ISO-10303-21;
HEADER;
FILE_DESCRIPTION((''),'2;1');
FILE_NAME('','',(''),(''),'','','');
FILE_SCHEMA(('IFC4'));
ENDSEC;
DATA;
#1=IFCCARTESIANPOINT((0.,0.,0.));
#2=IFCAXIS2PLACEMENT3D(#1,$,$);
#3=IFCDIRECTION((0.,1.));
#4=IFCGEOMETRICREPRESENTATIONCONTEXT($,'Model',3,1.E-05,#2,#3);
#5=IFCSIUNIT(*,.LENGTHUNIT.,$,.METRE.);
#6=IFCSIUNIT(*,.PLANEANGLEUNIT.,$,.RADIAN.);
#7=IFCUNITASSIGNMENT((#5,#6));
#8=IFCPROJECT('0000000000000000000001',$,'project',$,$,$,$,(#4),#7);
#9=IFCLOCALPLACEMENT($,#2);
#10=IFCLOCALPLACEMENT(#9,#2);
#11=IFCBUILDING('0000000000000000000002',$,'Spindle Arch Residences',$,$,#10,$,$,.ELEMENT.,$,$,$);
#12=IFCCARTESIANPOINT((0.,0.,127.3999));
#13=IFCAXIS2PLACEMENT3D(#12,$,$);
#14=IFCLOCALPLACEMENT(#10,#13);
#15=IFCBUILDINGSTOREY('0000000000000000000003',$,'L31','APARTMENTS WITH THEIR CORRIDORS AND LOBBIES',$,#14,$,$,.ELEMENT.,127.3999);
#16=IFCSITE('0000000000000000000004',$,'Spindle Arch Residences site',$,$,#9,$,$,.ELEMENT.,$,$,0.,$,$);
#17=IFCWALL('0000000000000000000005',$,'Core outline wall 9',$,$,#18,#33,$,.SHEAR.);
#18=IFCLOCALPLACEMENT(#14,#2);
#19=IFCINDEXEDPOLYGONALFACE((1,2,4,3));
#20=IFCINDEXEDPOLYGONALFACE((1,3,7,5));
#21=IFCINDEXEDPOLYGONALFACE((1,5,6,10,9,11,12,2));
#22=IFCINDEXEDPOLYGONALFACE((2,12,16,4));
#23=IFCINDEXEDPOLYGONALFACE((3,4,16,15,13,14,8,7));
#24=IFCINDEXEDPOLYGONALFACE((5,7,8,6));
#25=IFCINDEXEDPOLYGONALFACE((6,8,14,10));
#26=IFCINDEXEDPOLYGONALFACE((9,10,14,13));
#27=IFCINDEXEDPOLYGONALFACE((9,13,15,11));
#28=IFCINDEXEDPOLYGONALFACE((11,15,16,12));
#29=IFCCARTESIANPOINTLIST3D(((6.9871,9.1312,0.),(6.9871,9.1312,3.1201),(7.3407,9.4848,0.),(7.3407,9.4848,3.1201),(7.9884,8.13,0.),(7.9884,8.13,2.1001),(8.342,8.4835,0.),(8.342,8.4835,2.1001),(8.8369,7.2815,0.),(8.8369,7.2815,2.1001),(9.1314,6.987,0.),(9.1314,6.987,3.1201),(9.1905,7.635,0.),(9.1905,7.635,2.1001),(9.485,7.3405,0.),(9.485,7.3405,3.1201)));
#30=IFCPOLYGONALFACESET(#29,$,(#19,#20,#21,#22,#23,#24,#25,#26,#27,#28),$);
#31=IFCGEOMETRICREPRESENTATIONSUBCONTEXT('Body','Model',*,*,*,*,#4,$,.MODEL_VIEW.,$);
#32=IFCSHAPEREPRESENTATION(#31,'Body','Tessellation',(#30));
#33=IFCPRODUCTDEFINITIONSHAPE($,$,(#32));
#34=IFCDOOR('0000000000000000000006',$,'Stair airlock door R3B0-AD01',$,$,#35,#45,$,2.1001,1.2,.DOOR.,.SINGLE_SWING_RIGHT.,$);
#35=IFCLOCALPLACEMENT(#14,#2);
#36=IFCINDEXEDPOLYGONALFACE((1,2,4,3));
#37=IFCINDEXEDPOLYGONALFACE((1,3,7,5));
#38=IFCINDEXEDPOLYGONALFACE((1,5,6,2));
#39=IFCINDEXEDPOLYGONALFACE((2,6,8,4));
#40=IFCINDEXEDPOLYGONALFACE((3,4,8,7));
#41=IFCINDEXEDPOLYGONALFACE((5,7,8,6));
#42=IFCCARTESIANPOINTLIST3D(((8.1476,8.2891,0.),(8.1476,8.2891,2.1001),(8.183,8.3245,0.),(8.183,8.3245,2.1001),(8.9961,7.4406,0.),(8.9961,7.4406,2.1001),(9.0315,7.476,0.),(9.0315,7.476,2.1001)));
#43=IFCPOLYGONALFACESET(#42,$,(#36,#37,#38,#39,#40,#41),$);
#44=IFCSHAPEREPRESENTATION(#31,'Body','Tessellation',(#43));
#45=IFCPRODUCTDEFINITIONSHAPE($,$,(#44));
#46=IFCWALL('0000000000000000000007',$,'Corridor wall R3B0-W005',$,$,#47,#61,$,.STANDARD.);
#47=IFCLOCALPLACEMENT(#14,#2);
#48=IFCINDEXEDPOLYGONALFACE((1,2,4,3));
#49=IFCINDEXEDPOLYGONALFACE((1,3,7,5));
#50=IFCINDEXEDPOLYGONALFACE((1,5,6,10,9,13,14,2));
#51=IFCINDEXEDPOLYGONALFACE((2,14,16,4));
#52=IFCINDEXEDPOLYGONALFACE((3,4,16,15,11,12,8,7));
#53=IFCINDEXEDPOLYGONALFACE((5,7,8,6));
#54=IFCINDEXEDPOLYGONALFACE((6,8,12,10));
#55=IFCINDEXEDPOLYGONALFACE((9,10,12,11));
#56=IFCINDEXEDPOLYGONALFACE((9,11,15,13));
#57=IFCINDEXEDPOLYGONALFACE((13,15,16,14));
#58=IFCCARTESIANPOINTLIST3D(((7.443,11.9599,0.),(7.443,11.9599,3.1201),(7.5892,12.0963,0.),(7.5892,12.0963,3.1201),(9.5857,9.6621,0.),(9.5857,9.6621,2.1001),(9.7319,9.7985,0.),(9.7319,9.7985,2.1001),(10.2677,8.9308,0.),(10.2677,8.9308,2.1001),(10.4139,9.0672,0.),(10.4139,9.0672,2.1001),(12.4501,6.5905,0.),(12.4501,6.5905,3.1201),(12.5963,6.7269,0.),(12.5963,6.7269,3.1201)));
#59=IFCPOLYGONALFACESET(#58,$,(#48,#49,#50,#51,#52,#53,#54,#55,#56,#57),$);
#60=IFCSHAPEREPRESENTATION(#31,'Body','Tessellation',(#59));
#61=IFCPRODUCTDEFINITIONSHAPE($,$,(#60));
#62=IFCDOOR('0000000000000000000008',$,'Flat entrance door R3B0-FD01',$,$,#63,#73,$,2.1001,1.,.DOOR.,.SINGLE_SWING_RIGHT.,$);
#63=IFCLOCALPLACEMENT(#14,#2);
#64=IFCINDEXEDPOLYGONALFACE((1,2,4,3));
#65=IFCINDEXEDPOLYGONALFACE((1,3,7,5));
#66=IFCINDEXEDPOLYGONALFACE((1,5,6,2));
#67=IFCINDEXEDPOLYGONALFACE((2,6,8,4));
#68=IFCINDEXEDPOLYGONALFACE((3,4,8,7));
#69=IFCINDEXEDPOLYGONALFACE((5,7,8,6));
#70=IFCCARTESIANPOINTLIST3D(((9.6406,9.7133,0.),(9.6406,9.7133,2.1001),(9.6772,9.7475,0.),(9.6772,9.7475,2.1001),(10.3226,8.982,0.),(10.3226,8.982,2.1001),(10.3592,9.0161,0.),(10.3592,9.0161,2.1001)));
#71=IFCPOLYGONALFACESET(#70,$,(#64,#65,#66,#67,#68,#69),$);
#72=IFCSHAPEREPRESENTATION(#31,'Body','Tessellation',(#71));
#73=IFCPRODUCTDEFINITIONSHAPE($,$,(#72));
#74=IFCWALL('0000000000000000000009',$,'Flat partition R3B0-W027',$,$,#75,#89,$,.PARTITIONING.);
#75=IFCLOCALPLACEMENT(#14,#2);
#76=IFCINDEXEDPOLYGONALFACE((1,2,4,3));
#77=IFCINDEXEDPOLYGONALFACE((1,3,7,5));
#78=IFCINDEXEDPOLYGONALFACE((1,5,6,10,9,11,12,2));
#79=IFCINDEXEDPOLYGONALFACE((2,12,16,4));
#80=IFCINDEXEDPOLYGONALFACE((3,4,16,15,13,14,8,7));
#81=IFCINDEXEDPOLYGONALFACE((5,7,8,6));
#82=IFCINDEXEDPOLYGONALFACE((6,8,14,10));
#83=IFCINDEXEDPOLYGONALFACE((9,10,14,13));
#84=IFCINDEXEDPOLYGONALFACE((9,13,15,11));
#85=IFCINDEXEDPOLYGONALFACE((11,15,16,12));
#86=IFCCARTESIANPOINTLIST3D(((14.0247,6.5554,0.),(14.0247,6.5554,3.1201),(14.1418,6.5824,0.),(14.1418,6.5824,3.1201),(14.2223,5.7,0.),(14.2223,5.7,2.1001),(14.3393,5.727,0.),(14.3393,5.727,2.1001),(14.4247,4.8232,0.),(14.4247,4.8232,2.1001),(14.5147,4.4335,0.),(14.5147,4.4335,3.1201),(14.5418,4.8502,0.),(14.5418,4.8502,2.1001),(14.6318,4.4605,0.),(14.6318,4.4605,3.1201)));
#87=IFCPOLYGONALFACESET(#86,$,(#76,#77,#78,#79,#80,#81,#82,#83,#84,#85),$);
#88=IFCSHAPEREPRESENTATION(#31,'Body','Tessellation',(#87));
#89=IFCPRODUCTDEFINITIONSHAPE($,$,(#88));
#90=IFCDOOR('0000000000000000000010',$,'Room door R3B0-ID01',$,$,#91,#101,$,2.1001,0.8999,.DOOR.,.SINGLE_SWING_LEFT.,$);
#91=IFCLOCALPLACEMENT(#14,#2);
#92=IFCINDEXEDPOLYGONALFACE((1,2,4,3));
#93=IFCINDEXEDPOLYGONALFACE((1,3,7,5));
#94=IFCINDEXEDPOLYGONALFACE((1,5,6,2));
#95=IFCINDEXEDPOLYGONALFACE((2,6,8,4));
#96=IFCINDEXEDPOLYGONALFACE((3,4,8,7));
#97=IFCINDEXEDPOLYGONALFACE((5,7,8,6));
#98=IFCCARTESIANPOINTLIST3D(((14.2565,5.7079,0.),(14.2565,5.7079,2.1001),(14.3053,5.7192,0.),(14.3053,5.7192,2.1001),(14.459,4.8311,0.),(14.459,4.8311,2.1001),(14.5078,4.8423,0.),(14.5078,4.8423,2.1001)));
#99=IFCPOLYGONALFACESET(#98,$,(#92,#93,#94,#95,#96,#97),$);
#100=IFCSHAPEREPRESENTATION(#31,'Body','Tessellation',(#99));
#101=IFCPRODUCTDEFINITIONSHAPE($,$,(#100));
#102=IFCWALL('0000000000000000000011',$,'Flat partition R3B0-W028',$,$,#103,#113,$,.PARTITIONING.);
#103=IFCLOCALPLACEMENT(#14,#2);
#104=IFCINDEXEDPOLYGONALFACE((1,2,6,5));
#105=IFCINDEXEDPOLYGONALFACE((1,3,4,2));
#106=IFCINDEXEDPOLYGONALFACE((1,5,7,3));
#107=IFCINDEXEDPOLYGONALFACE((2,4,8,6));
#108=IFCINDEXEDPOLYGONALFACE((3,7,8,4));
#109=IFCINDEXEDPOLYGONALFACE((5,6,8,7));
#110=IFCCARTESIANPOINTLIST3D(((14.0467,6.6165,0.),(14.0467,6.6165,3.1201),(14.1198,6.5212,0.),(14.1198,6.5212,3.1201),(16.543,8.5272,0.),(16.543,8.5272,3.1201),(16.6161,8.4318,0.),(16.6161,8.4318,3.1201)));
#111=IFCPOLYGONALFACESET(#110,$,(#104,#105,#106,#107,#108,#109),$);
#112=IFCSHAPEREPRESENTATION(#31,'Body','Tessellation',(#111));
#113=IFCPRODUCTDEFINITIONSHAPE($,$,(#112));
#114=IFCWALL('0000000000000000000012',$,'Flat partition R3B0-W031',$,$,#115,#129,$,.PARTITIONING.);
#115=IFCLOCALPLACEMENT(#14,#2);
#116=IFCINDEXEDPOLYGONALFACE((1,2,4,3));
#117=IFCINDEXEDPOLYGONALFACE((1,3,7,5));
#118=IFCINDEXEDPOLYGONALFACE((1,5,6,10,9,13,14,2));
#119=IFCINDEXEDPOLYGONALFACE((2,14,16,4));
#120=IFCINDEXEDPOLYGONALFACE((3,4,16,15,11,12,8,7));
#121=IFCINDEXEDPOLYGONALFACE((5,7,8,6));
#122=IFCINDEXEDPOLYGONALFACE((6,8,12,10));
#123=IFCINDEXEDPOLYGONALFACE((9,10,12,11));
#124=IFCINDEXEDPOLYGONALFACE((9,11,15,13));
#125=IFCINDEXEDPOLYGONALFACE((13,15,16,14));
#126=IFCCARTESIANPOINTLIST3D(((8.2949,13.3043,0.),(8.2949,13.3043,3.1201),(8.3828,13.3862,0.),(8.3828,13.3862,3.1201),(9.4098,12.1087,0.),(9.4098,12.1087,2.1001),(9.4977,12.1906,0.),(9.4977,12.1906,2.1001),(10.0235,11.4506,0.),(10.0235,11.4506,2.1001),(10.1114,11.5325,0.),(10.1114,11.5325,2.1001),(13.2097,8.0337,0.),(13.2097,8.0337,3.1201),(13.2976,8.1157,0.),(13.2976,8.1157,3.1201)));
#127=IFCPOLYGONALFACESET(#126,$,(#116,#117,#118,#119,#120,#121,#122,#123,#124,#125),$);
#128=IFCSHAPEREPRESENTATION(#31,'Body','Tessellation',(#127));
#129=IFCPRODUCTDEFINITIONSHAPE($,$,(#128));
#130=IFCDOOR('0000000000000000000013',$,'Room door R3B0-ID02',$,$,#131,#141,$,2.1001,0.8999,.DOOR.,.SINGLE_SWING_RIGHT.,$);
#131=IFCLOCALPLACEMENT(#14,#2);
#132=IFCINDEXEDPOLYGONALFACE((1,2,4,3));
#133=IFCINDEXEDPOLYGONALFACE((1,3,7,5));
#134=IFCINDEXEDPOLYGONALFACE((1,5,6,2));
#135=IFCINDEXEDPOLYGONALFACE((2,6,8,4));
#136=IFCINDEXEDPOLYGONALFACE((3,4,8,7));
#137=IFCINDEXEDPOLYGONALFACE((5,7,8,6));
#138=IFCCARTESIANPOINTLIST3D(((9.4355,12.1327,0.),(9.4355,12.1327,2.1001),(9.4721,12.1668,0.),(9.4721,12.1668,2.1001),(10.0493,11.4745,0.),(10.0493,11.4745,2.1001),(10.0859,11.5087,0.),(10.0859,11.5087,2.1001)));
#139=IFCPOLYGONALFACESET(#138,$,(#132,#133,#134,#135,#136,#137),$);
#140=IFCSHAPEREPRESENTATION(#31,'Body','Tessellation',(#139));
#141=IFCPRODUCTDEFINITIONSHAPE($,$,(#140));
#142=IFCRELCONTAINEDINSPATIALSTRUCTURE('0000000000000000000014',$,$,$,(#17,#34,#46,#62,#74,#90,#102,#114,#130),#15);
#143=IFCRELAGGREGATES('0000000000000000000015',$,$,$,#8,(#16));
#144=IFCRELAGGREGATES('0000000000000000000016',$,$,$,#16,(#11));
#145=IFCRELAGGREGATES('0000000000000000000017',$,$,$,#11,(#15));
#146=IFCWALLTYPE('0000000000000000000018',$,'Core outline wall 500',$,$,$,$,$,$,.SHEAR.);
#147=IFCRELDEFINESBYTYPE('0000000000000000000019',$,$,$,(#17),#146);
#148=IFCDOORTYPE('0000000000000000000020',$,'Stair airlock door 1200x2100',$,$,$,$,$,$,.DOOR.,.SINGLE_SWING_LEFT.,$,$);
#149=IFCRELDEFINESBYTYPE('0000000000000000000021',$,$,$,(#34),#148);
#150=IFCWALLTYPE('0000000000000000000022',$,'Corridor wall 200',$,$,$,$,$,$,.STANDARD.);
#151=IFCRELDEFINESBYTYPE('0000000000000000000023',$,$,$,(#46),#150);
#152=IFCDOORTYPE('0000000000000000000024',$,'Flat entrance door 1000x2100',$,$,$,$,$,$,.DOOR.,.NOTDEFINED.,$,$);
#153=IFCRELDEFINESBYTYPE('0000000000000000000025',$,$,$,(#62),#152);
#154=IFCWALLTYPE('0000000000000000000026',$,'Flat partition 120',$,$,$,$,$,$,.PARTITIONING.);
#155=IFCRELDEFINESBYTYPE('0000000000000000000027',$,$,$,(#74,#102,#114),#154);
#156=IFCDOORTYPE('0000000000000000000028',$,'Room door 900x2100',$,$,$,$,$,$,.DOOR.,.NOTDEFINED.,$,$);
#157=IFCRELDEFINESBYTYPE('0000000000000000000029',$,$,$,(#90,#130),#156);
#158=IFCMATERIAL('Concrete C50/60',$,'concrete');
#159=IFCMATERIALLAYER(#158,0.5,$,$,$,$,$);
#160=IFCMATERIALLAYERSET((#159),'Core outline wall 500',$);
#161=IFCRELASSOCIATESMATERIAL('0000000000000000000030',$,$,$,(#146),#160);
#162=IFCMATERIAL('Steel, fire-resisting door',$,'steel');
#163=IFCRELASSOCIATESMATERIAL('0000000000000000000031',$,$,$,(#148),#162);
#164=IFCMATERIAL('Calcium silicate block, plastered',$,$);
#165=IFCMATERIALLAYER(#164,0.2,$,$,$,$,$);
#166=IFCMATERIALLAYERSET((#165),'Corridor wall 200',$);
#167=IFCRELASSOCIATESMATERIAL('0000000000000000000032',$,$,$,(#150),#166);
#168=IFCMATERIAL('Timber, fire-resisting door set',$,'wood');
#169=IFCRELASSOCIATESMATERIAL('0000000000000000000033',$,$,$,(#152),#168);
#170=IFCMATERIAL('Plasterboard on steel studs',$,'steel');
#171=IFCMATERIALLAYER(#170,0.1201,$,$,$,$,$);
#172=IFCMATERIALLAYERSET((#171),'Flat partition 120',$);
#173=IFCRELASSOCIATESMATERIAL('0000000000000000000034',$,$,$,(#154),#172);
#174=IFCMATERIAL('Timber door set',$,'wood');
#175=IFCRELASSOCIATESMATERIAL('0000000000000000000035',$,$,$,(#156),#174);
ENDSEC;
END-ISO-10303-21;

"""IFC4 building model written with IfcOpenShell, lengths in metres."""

from ifc_helpers import new_model, si_unit, direction, frame, frame_2d, origin, place, context, subcontext, project, spatial, rectangle, extrude, material, layer, layer_set, type_object, element, fill, save


model = new_model("IFC4")

# Units and contexts
model_context = context("Model", 3, precision=1e-05, world=origin(), true_north=direction((0.0, 1.0)))
body_context = subcontext(model_context, "Body", "Model", "MODEL_VIEW")
ifc_project = project(units=[si_unit("LENGTHUNIT", "METRE"), si_unit("PLANEANGLEUNIT", "RADIAN")], contexts=[model_context])

# Site, building, storey
site_placement = place(None, origin())
site = spatial("IfcSite", under=ifc_project, at=site_placement, Name="Spindle Arch Residences site", CompositionType="ELEMENT", RefElevation=0.0)
building_placement = place(site_placement, origin())
building = spatial("IfcBuilding", under=site, at=building_placement, Name="Spindle Arch Residences", CompositionType="ELEMENT")
storey_placement = place(building_placement, frame((0.0, 0.0, 127.3999)))
storey = spatial("IfcBuildingStorey", under=building, at=storey_placement, Name="L31", Description="APARTMENTS WITH THEIR CORRIDORS AND LOBBIES", CompositionType="ELEMENT", Elevation=127.3999)

# Shared definitions
ifc_material_1 = material(Name="Concrete C50/60", Category="concrete")
ifc_layer_1 = layer(ifc_material_1, 0.5)
ifc_layer_set_1 = layer_set([ifc_layer_1], Name="Core outline wall 500")
wall_type_1 = type_object("IfcWallType", Name="Core outline wall 500", PredefinedType="SHEAR", material=ifc_layer_set_1)

# Walls, openings, doors
wall_1_placement = place(storey_placement, frame((9.3081, 7.1638, 0.0), z_axis=(0.0, 0.0, 1.0), x_axis=(-0.707107, 0.707107, 0.0)))
wall_1 = element("IfcWall", 1, at=wall_1_placement, inside=storey, type_object=wall_type_1, Name="Core outline wall 9", PredefinedType="SHEAR", context=body_context, shape_type="SweptSolid", body=[
    extrude(rectangle(XDim=3.0325, YDim=0.5, at=frame_2d((1.5161, 0.0))), origin(), (0.0, 0.0, 1.0), 3.1201),
])
opening_1_placement = place(wall_1_placement, frame((0.4163, 0.0, 0.0)))
opening_1 = element("IfcOpeningElement", 2, at=opening_1_placement, cuts=wall_1, PredefinedType="OPENING", context=body_context, shape_type="SweptSolid", body=[
    extrude(rectangle(XDim=1.2, YDim=2.1001, at=frame_2d((0.6001, 1.05))), frame((0.0, 0.26, 0.0), z_axis=(0.0, -1.0, 0.0), x_axis=(1.0, 0.0, 0.0)), (0.0, 0.0, 1.0), 0.52),
])
ifc_material_2 = material(Name="Steel, fire-resisting door", Category="steel")
door_type_1 = type_object("IfcDoorType", Name="Stair airlock door 1200x2100", OperationType="SINGLE_SWING_LEFT", PredefinedType="DOOR", material=ifc_material_2)
door_1_placement = place(opening_1_placement, origin())
door_1 = element("IfcDoor", 3, at=door_1_placement, inside=storey, type_object=door_type_1, Name="Stair airlock door R3B0-AD01", OperationType="SINGLE_SWING_RIGHT", OverallHeight=2.1001, OverallWidth=1.2, PredefinedType="DOOR", context=body_context, shape_type="SweptSolid", body=[
    extrude(rectangle(XDim=1.2, YDim=2.1001, at=frame_2d((0.6001, 1.05))), frame((0.0, 0.0249, 0.0), z_axis=(0.0, -1.0, 0.0), x_axis=(1.0, 0.0, 0.0)), (0.0, 0.0, 1.0), 0.05),
])
fill(opening_1, door_1)
ifc_material_3 = material(Name="Calcium silicate block, plastered")
ifc_layer_2 = layer(ifc_material_3, 0.2)
ifc_layer_set_2 = layer_set([ifc_layer_2], Name="Corridor wall 200")
wall_type_2 = type_object("IfcWallType", Name="Corridor wall 200", PredefinedType="STANDARD", material=ifc_layer_set_2)
wall_2_placement = place(storey_placement, frame((12.5232, 6.6587, 0.0), z_axis=(0.0, 0.0, 1.0), x_axis=(-0.682002, 0.73135, 0.0)))
wall_2 = element("IfcWall", 4, at=wall_2_placement, inside=storey, type_object=wall_type_2, Name="Corridor wall R3B0-W005", PredefinedType="STANDARD", context=body_context, shape_type="SweptSolid", body=[
    extrude(rectangle(XDim=7.3418, YDim=0.2, at=frame_2d((3.6709, 0.0))), origin(), (0.0, 0.0, 1.0), 3.1201),
])
opening_2_placement = place(wall_2_placement, frame((3.2, 0.0, 0.0)))
opening_2 = element("IfcOpeningElement", 5, at=opening_2_placement, cuts=wall_2, PredefinedType="OPENING", context=body_context, shape_type="SweptSolid", body=[
    extrude(rectangle(XDim=1.0, YDim=2.1001, at=frame_2d((0.5, 1.05))), frame((0.0, 0.1099, 0.0), z_axis=(0.0, -1.0, 0.0), x_axis=(1.0, 0.0, 0.0)), (0.0, 0.0, 1.0), 0.22),
])
ifc_material_4 = material(Name="Timber, fire-resisting door set", Category="wood")
door_type_2 = type_object("IfcDoorType", Name="Flat entrance door 1000x2100", OperationType="NOTDEFINED", PredefinedType="DOOR", material=ifc_material_4)
door_2_placement = place(opening_2_placement, origin())
door_2 = element("IfcDoor", 6, at=door_2_placement, inside=storey, type_object=door_type_2, Name="Flat entrance door R3B0-FD01", OperationType="SINGLE_SWING_RIGHT", OverallHeight=2.1001, OverallWidth=1.0, PredefinedType="DOOR", context=body_context, shape_type="SweptSolid", body=[
    extrude(rectangle(XDim=1.0, YDim=2.1001, at=frame_2d((0.5, 1.05))), frame((0.0, 0.0249, 0.0), z_axis=(0.0, -1.0, 0.0), x_axis=(1.0, 0.0, 0.0)), (0.0, 0.0, 1.0), 0.05),
])
fill(opening_2, door_2)
ifc_material_5 = material(Name="Plasterboard on steel studs", Category="steel")
ifc_layer_3 = layer(ifc_material_5, 0.1201)
ifc_layer_set_3 = layer_set([ifc_layer_3], Name="Flat partition 120")
wall_type_3 = type_object("IfcWallType", Name="Flat partition 120", PredefinedType="PARTITIONING", material=ifc_layer_set_3)
wall_3_placement = place(storey_placement, frame((14.5732, 4.447, 0.0), z_axis=(0.0, 0.0, 1.0), x_axis=(-0.225007, 0.974357, 0.0)))
wall_3 = element("IfcWall", 7, at=wall_3_placement, inside=storey, type_object=wall_type_3, Name="Flat partition R3B0-W027", PredefinedType="PARTITIONING", context=body_context, shape_type="SweptSolid", body=[
    extrude(rectangle(XDim=2.1777, YDim=0.1201, at=frame_2d((1.0889, 0.0))), origin(), (0.0, 0.0, 1.0), 3.1201),
])
opening_3_placement = place(wall_3_placement, frame((0.3999, 0.0, 0.0)))
opening_3 = element("IfcOpeningElement", 8, at=opening_3_placement, cuts=wall_3, PredefinedType="OPENING", context=body_context, shape_type="SweptSolid", body=[
    extrude(rectangle(XDim=0.8999, YDim=2.1001, at=frame_2d((0.45, 1.05))), frame((0.0, 0.0701, 0.0), z_axis=(0.0, -1.0, 0.0), x_axis=(1.0, 0.0, 0.0)), (0.0, 0.0, 1.0), 0.1401),
])
ifc_material_6 = material(Name="Timber door set", Category="wood")
door_type_3 = type_object("IfcDoorType", Name="Room door 900x2100", OperationType="NOTDEFINED", PredefinedType="DOOR", material=ifc_material_6)
door_3_placement = place(opening_3_placement, origin())
door_3 = element("IfcDoor", 9, at=door_3_placement, inside=storey, type_object=door_type_3, Name="Room door R3B0-ID01", OperationType="SINGLE_SWING_LEFT", OverallHeight=2.1001, OverallWidth=0.8999, PredefinedType="DOOR", context=body_context, shape_type="SweptSolid", body=[
    extrude(rectangle(XDim=0.8999, YDim=2.1001, at=frame_2d((0.45, 1.05))), frame((0.0, 0.0249, 0.0), z_axis=(0.0, -1.0, 0.0), x_axis=(1.0, 0.0, 0.0)), (0.0, 0.0, 1.0), 0.05),
])
fill(opening_3, door_3)

# Wall
wall_4_placement = place(storey_placement, frame((14.0833, 6.5688, 0.0), z_axis=(0.0, 0.0, 1.0), x_axis=(0.7941, 0.607787, 0.0)))
element("IfcWall", 10, at=wall_4_placement, inside=storey, type_object=wall_type_3, Name="Flat partition R3B0-W028", PredefinedType="PARTITIONING", context=body_context, shape_type="SweptSolid", body=[
    extrude(rectangle(XDim=3.1436, YDim=0.1201, at=frame_2d((1.5718, 0.0))), origin(), (0.0, 0.0, 1.0), 3.1201),
])

# Wall, opening, door
wall_5_placement = place(storey_placement, frame((13.2537, 8.0747, 0.0), z_axis=(0.0, 0.0, 1.0), x_axis=(-0.681996, 0.731356, 0.0)))
wall_5 = element("IfcWall", 11, at=wall_5_placement, inside=storey, type_object=wall_type_3, Name="Flat partition R3B0-W031", PredefinedType="PARTITIONING", context=body_context, shape_type="SweptSolid", body=[
    extrude(rectangle(XDim=7.2065, YDim=0.1201, at=frame_2d((3.6033, 0.0))), origin(), (0.0, 0.0, 1.0), 3.1201),
])
opening_4_placement = place(wall_5_placement, frame((4.6719, 0.0, 0.0)))
opening_4 = element("IfcOpeningElement", 12, at=opening_4_placement, cuts=wall_5, PredefinedType="OPENING", context=body_context, shape_type="SweptSolid", body=[
    extrude(rectangle(XDim=0.8999, YDim=2.1001, at=frame_2d((0.45, 1.05))), frame((0.0, 0.0701, 0.0), z_axis=(0.0, -1.0, 0.0), x_axis=(1.0, 0.0, 0.0)), (0.0, 0.0, 1.0), 0.1401),
])
door_4_placement = place(opening_4_placement, origin())
door_4 = element("IfcDoor", 13, at=door_4_placement, inside=storey, type_object=door_type_3, Name="Room door R3B0-ID02", OperationType="SINGLE_SWING_RIGHT", OverallHeight=2.1001, OverallWidth=0.8999, PredefinedType="DOOR", context=body_context, shape_type="SweptSolid", body=[
    extrude(rectangle(XDim=0.8999, YDim=2.1001, at=frame_2d((0.45, 1.05))), frame((0.0, 0.0249, 0.0), z_axis=(0.0, -1.0, 0.0), x_axis=(1.0, 0.0, 0.0)), (0.0, 0.0, 1.0), 0.05),
])
fill(opening_4, door_4)

save(model, "model.ifc")
